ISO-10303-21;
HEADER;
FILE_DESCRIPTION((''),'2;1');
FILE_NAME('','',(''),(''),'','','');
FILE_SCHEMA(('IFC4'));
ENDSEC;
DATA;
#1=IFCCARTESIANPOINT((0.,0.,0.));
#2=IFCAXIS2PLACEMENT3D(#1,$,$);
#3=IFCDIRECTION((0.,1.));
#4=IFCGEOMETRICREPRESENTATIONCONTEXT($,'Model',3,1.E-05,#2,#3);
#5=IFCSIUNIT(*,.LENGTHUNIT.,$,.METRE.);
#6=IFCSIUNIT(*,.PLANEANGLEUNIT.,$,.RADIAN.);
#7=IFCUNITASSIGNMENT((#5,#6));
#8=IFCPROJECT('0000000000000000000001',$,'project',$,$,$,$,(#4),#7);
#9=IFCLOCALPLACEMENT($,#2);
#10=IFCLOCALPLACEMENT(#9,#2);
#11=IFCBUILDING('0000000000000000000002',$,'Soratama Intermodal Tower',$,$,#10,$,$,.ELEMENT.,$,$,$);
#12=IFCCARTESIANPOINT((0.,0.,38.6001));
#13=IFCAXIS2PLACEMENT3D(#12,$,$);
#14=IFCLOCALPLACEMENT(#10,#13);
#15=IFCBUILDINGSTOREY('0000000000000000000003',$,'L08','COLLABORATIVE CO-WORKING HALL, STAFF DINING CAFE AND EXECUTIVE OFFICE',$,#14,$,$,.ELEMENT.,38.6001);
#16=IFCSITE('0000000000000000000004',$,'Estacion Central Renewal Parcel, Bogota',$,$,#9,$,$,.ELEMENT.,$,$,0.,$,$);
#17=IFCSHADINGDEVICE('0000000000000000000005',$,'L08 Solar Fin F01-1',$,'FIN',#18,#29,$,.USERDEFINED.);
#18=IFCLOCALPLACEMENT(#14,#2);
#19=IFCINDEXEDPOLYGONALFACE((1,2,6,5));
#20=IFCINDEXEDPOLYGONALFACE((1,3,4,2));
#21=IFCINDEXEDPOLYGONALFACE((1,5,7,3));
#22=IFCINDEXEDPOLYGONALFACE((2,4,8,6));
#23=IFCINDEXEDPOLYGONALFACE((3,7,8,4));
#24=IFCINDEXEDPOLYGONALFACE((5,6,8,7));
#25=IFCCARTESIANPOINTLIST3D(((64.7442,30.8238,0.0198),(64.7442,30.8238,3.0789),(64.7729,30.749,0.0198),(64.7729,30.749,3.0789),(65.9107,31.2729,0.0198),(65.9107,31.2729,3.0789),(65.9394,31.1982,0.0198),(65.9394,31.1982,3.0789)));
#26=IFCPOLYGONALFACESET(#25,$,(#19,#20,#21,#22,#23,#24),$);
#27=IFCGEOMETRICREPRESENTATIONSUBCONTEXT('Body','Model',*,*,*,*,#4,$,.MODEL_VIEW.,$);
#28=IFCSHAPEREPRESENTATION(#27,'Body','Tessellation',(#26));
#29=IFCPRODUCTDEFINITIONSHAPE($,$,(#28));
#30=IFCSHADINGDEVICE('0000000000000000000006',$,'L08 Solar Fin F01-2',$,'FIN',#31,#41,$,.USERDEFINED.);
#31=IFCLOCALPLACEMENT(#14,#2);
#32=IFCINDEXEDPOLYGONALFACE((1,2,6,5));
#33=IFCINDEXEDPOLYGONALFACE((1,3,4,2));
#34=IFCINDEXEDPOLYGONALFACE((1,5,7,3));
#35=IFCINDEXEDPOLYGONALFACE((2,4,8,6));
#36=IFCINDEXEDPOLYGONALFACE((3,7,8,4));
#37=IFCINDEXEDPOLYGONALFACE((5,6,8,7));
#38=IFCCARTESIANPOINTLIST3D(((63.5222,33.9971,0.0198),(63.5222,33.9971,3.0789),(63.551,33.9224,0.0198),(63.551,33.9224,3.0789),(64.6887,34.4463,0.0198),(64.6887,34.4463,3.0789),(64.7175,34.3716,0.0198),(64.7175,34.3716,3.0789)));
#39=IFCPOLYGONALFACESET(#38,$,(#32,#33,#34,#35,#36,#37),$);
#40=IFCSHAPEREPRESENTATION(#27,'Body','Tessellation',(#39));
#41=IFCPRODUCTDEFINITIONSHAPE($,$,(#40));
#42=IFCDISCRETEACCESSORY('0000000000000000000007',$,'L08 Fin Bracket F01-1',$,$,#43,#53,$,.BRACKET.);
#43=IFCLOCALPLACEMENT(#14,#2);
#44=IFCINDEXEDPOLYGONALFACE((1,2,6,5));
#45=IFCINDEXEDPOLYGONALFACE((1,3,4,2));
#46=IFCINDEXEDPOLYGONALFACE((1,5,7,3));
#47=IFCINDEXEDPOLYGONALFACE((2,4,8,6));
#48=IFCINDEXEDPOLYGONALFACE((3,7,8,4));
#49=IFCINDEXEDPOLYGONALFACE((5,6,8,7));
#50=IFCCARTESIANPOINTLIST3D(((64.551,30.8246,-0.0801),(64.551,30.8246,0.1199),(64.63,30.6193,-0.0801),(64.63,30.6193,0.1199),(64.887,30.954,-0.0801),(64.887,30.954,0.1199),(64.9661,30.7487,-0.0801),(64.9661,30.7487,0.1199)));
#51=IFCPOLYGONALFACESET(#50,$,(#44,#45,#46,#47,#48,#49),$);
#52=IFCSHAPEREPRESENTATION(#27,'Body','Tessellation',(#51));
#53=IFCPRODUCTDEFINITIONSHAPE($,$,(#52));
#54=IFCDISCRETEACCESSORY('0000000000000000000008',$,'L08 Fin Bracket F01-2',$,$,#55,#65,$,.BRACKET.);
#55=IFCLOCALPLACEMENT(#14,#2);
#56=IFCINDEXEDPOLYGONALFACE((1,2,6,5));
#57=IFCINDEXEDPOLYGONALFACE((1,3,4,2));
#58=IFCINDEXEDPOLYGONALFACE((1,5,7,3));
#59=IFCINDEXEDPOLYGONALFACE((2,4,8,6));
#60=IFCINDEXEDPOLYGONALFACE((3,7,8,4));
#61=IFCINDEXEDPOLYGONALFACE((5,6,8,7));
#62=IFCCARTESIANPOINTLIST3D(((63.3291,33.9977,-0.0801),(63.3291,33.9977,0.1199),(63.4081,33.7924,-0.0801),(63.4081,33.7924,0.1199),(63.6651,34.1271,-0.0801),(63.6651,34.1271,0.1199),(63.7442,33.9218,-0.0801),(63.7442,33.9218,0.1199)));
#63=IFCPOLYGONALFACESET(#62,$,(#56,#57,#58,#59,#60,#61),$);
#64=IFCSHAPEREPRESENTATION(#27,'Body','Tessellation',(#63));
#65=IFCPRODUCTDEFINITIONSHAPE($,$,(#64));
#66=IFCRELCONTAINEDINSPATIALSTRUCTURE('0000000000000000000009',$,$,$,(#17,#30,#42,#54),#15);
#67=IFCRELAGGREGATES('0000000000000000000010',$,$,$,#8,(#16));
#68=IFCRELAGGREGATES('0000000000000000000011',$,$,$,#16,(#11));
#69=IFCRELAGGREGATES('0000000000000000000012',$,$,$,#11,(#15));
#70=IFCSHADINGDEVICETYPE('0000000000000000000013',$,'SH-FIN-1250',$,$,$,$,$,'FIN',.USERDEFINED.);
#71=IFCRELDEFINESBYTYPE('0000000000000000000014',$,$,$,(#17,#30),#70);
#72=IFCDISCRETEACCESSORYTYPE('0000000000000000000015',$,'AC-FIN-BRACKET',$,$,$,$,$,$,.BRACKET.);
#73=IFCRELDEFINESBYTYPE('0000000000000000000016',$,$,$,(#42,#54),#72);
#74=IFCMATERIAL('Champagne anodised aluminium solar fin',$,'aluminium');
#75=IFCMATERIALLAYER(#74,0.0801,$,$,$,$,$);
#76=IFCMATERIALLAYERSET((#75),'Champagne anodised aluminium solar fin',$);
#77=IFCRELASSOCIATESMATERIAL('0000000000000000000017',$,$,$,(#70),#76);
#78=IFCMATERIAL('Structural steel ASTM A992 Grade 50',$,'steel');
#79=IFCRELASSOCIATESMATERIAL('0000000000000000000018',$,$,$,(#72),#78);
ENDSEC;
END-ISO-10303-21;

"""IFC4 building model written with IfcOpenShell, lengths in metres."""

from ifc_helpers import new_model, si_unit, direction, frame, origin, origin_2d, place, context, subcontext, project, spatial, rectangle, extrude, material, layer, layer_set, type_object, element, save


model = new_model("IFC4")

# Units and contexts
model_context = context("Model", 3, precision=1e-05, world=origin(), true_north=direction((0.0, 1.0)))
body_context = subcontext(model_context, "Body", "Model", "MODEL_VIEW")
ifc_project = project(units=[si_unit("LENGTHUNIT", "METRE"), si_unit("PLANEANGLEUNIT", "RADIAN")], contexts=[model_context])

# Site, building, storey
site_placement = place(None, origin())
site = spatial("IfcSite", under=ifc_project, at=site_placement, Name="Estacion Central Renewal Parcel, Bogota", CompositionType="ELEMENT", RefElevation=0.0)
building_placement = place(site_placement, origin())
building = spatial("IfcBuilding", under=site, at=building_placement, Name="Soratama Intermodal Tower", CompositionType="ELEMENT")
storey_placement = place(building_placement, frame((0.0, 0.0, 38.6001)))
storey = spatial("IfcBuildingStorey", under=building, at=storey_placement, Name="L08", Description="COLLABORATIVE CO-WORKING HALL, STAFF DINING CAFE AND EXECUTIVE OFFICE", CompositionType="ELEMENT", Elevation=38.6001)

# Shading devices
ifc_material_1 = material(Name="Champagne anodised aluminium solar fin", Category="aluminium")
ifc_layer_1 = layer(ifc_material_1, 0.0801)
ifc_layer_set_1 = layer_set([ifc_layer_1], Name="Champagne anodised aluminium solar fin")
shading_device_type = type_object("IfcShadingDeviceType", Name="SH-FIN-1250", ElementType="FIN", PredefinedType="USERDEFINED", material=ifc_layer_set_1)
for number, where, z_axis, x_axis, name in (
    (1, (65.3418, 31.011, 0.0198), (0.0, 0.0, 1.0), (0.933205, 0.359345, 0.0), "L08 Solar Fin F01-1"),
    (2, (64.1199, 34.1843, 0.0198), (0.0, 0.0, 1.0), (0.933205, 0.359345, 0.0), "L08 Solar Fin F01-2"),
):
    element("IfcShadingDevice", number, at=place(storey_placement, frame(where, z_axis=z_axis, x_axis=x_axis)), inside=storey, type_object=shading_device_type, Name=name, ObjectType="FIN", PredefinedType="USERDEFINED", context=body_context, shape_type="SweptSolid", body=[
        extrude(rectangle(XDim=1.25, YDim=0.0801, at=origin_2d()), origin(), (0.0, 0.0, 1.0), 3.0591),
    ])

# Discrete accessories
ifc_material_2 = material(Name="Structural steel ASTM A992 Grade 50", Category="steel")
discrete_accessory_type = type_object("IfcDiscreteAccessoryType", Name="AC-FIN-BRACKET", PredefinedType="BRACKET", material=ifc_material_2)
for number, where, z_axis, x_axis, name in (
    (3, (64.7585, 30.7866, -0.0801), (0.0, 0.0, 1.0), (0.933205, 0.359345, 0.0), "L08 Fin Bracket F01-1"),
    (4, (63.5366, 33.9597, -0.0801), (0.0, 0.0, 1.0), (0.933205, 0.359345, 0.0), "L08 Fin Bracket F01-2"),
):
    element("IfcDiscreteAccessory", number, at=place(storey_placement, frame(where, z_axis=z_axis, x_axis=x_axis)), inside=storey, type_object=discrete_accessory_type, Name=name, PredefinedType="BRACKET", context=body_context, shape_type="SweptSolid", body=[
        extrude(rectangle(XDim=0.3601, YDim=0.22, at=origin_2d()), origin(), (0.0, 0.0, 1.0), 0.2),
    ])

save(model, "model.ifc")
